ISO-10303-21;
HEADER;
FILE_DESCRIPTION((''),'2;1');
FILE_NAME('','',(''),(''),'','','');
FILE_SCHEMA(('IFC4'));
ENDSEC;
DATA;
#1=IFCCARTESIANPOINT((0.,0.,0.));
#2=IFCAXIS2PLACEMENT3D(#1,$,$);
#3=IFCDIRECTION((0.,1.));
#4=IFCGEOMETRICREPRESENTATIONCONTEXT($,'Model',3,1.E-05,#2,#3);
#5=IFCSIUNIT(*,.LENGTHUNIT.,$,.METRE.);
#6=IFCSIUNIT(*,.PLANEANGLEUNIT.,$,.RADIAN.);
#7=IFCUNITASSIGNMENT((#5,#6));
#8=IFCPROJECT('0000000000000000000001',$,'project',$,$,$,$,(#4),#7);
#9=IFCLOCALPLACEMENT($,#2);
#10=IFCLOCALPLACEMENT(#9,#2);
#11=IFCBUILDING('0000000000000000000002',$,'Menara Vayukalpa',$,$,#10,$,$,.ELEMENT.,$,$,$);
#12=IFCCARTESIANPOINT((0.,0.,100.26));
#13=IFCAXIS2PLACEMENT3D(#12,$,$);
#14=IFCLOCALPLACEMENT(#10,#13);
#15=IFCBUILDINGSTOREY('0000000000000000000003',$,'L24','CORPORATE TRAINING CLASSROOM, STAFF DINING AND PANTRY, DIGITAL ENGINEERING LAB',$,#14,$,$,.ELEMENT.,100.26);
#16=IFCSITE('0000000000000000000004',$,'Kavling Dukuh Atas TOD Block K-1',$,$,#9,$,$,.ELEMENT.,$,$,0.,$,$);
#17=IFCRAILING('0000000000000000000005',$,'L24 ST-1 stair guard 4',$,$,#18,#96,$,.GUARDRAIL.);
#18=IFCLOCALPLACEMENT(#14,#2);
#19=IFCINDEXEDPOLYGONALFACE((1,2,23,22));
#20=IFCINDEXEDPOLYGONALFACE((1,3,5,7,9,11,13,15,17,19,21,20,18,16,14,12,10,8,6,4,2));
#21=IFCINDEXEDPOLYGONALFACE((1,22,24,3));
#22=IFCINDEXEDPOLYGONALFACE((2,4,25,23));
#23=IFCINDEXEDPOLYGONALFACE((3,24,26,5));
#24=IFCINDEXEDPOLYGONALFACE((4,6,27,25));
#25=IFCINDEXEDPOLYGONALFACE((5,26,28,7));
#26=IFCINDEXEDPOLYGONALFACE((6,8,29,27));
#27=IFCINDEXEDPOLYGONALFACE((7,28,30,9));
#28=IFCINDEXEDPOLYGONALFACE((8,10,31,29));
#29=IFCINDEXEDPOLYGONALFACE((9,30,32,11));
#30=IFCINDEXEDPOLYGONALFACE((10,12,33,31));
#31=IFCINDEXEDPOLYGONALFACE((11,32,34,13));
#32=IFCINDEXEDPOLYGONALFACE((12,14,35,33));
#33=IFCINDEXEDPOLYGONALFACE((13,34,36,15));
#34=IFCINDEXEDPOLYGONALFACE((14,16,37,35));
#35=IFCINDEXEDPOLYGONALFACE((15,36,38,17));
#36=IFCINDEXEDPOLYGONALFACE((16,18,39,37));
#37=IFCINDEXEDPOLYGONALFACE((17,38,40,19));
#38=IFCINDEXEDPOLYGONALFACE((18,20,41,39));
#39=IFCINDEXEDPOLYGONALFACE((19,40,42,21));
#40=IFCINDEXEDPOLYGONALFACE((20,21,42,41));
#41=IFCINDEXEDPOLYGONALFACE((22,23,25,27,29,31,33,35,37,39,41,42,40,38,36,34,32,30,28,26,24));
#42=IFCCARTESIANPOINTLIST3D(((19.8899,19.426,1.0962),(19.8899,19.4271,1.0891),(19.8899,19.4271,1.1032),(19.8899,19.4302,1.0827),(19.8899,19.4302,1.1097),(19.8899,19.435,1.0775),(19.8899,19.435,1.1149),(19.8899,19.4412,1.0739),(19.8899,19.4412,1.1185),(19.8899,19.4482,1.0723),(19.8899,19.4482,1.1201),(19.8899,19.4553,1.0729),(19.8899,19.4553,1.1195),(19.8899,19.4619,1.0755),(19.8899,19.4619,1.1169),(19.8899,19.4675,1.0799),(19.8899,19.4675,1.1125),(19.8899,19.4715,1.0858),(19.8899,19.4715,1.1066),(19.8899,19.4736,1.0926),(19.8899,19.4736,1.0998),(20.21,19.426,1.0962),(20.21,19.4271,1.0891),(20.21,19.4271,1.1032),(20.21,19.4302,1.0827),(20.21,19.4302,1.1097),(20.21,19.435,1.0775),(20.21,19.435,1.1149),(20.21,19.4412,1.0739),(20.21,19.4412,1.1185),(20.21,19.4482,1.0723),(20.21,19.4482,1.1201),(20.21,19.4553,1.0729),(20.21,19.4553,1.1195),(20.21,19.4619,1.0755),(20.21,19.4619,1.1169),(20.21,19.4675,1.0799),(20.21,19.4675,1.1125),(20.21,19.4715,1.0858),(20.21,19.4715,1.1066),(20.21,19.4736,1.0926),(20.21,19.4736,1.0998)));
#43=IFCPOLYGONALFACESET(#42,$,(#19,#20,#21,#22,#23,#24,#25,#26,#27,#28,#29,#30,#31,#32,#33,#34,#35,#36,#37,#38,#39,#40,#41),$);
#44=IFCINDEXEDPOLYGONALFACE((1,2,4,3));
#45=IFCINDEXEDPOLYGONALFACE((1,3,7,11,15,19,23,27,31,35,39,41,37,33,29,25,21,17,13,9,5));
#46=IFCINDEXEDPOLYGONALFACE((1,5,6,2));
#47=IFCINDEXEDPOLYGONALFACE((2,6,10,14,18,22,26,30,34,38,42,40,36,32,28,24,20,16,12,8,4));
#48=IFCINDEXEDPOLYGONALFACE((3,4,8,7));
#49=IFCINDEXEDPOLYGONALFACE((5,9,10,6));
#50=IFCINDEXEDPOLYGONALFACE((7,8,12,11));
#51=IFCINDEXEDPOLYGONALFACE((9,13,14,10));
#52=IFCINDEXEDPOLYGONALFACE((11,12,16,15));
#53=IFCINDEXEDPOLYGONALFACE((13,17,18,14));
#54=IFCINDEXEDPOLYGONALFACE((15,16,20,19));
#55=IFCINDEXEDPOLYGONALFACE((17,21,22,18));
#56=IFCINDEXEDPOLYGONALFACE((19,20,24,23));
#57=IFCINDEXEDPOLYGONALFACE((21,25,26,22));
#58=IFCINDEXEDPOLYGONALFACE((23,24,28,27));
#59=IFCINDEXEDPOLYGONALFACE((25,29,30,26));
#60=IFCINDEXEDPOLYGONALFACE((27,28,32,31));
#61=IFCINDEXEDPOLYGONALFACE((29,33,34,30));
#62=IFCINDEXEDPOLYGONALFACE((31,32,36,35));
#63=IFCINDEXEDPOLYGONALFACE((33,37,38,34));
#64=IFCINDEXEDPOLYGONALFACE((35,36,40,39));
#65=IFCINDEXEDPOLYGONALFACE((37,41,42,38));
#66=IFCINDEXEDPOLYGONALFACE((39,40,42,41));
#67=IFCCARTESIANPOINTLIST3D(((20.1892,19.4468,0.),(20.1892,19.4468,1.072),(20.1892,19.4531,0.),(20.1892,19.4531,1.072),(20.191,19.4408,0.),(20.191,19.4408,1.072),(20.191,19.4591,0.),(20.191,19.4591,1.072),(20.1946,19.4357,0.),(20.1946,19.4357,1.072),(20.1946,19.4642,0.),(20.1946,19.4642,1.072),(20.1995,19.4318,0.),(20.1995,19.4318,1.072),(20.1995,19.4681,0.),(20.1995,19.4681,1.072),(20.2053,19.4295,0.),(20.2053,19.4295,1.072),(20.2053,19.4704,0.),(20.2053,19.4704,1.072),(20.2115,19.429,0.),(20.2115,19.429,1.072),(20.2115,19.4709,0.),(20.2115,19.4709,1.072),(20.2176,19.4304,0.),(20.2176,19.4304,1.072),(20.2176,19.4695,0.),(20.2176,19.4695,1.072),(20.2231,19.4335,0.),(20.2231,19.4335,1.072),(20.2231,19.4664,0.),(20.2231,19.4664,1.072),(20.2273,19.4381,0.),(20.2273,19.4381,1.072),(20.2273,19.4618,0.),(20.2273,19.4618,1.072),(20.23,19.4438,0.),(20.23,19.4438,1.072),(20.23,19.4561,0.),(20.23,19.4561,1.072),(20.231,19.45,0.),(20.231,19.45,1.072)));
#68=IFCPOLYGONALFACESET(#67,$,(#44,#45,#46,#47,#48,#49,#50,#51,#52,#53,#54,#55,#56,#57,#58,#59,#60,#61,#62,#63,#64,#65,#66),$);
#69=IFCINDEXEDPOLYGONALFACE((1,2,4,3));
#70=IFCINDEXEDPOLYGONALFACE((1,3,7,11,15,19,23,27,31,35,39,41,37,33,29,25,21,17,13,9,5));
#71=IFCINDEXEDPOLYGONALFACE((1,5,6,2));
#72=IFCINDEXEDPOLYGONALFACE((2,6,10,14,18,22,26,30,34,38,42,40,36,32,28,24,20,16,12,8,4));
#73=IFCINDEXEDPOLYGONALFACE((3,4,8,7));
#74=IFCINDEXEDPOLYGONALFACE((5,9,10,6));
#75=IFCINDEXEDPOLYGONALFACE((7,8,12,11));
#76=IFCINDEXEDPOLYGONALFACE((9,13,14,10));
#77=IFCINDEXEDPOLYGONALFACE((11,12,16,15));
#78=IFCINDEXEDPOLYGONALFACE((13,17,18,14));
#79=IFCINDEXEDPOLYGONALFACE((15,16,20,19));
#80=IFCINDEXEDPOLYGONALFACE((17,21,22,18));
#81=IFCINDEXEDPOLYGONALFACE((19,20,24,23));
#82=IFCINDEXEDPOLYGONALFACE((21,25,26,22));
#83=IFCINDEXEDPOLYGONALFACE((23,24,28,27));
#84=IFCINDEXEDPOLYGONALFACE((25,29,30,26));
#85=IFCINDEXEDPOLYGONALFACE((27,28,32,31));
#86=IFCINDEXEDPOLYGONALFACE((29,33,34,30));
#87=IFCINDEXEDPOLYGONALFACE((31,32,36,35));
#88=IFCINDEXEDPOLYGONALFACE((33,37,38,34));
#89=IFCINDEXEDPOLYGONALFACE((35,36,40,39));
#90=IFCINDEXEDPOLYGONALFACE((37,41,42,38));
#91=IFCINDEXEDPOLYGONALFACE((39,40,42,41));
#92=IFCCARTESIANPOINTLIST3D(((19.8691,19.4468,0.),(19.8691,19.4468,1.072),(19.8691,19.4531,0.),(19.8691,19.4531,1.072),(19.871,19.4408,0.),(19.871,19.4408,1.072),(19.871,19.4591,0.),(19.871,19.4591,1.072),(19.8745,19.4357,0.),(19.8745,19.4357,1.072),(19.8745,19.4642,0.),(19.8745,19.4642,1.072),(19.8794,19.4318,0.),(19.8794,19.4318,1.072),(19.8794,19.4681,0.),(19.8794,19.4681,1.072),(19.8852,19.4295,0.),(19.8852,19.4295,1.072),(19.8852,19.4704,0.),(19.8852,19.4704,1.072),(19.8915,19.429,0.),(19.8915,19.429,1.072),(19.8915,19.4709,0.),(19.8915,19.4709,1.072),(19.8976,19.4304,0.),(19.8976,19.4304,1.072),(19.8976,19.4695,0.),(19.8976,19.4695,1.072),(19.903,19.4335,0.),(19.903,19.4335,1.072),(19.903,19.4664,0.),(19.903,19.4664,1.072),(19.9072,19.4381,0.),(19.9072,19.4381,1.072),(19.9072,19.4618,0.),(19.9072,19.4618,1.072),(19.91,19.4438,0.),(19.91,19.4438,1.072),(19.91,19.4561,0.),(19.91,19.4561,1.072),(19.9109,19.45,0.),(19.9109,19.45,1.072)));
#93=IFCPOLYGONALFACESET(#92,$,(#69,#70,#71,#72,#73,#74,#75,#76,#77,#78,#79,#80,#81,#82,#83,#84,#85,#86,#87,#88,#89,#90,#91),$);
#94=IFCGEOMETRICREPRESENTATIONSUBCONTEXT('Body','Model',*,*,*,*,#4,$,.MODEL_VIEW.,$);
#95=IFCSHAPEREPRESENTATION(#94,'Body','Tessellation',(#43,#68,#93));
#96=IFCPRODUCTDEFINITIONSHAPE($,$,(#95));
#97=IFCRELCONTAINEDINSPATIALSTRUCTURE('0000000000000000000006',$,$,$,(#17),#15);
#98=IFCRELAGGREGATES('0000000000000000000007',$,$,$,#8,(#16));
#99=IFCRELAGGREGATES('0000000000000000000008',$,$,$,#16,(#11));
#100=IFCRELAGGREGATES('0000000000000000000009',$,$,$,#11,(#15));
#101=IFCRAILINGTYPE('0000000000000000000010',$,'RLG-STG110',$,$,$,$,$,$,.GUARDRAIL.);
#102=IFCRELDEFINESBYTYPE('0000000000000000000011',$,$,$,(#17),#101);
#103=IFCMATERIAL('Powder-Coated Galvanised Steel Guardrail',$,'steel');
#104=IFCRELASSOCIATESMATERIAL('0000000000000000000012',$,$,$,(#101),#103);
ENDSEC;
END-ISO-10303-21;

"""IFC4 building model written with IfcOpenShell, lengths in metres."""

from ifc_helpers import new_model, si_unit, direction, frame, origin, origin_2d, place, context, subcontext, project, spatial, circle, extrude, material, type_object, element, save


model = new_model("IFC4")

# Units and contexts
model_context = context("Model", 3, precision=1e-05, world=origin(), true_north=direction((0.0, 1.0)))
body_context = subcontext(model_context, "Body", "Model", "MODEL_VIEW")
ifc_project = project(units=[si_unit("LENGTHUNIT", "METRE"), si_unit("PLANEANGLEUNIT", "RADIAN")], contexts=[model_context])

# Site, building, storey
site_placement = place(None, origin())
site = spatial("IfcSite", under=ifc_project, at=site_placement, Name="Kavling Dukuh Atas TOD Block K-1", CompositionType="ELEMENT", RefElevation=0.0)
building_placement = place(site_placement, origin())
building = spatial("IfcBuilding", under=site, at=building_placement, Name="Menara Vayukalpa", CompositionType="ELEMENT")
storey_placement = place(building_placement, frame((0.0, 0.0, 100.26)))
storey = spatial("IfcBuildingStorey", under=building, at=storey_placement, Name="L24", Description="CORPORATE TRAINING CLASSROOM, STAFF DINING AND PANTRY, DIGITAL ENGINEERING LAB", CompositionType="ELEMENT", Elevation=100.26)

# Railing
ifc_material_1 = material(Name="Powder-Coated Galvanised Steel Guardrail", Category="steel")
railing_type_1 = type_object("IfcRailingType", Name="RLG-STG110", PredefinedType="GUARDRAIL", material=ifc_material_1)
railing_1_placement = place(storey_placement, frame((20.21, 19.45, 0.0)))
element("IfcRailing", 1, at=railing_1_placement, inside=storey, type_object=railing_type_1, Name="L24 ST-1 stair guard 4", PredefinedType="GUARDRAIL", context=body_context, shape_type="SweptSolid", body=[
    extrude(circle(Radius=0.0239, at=origin_2d()), frame((0.0, 0.0, 1.0962), z_axis=(-1.0, 0.0, 0.0), x_axis=(0.0, -1.0, 0.0)), (0.0, 0.0, 1.0), 0.3201),
    extrude(circle(Radius=0.021, at=origin_2d()), origin(), (0.0, 0.0, 1.0), 1.072),
    extrude(circle(Radius=0.021, at=origin_2d()), frame((-0.3201, 0.0, 0.0)), (0.0, 0.0, 1.0), 1.072),
])

save(model, "model.ifc")
